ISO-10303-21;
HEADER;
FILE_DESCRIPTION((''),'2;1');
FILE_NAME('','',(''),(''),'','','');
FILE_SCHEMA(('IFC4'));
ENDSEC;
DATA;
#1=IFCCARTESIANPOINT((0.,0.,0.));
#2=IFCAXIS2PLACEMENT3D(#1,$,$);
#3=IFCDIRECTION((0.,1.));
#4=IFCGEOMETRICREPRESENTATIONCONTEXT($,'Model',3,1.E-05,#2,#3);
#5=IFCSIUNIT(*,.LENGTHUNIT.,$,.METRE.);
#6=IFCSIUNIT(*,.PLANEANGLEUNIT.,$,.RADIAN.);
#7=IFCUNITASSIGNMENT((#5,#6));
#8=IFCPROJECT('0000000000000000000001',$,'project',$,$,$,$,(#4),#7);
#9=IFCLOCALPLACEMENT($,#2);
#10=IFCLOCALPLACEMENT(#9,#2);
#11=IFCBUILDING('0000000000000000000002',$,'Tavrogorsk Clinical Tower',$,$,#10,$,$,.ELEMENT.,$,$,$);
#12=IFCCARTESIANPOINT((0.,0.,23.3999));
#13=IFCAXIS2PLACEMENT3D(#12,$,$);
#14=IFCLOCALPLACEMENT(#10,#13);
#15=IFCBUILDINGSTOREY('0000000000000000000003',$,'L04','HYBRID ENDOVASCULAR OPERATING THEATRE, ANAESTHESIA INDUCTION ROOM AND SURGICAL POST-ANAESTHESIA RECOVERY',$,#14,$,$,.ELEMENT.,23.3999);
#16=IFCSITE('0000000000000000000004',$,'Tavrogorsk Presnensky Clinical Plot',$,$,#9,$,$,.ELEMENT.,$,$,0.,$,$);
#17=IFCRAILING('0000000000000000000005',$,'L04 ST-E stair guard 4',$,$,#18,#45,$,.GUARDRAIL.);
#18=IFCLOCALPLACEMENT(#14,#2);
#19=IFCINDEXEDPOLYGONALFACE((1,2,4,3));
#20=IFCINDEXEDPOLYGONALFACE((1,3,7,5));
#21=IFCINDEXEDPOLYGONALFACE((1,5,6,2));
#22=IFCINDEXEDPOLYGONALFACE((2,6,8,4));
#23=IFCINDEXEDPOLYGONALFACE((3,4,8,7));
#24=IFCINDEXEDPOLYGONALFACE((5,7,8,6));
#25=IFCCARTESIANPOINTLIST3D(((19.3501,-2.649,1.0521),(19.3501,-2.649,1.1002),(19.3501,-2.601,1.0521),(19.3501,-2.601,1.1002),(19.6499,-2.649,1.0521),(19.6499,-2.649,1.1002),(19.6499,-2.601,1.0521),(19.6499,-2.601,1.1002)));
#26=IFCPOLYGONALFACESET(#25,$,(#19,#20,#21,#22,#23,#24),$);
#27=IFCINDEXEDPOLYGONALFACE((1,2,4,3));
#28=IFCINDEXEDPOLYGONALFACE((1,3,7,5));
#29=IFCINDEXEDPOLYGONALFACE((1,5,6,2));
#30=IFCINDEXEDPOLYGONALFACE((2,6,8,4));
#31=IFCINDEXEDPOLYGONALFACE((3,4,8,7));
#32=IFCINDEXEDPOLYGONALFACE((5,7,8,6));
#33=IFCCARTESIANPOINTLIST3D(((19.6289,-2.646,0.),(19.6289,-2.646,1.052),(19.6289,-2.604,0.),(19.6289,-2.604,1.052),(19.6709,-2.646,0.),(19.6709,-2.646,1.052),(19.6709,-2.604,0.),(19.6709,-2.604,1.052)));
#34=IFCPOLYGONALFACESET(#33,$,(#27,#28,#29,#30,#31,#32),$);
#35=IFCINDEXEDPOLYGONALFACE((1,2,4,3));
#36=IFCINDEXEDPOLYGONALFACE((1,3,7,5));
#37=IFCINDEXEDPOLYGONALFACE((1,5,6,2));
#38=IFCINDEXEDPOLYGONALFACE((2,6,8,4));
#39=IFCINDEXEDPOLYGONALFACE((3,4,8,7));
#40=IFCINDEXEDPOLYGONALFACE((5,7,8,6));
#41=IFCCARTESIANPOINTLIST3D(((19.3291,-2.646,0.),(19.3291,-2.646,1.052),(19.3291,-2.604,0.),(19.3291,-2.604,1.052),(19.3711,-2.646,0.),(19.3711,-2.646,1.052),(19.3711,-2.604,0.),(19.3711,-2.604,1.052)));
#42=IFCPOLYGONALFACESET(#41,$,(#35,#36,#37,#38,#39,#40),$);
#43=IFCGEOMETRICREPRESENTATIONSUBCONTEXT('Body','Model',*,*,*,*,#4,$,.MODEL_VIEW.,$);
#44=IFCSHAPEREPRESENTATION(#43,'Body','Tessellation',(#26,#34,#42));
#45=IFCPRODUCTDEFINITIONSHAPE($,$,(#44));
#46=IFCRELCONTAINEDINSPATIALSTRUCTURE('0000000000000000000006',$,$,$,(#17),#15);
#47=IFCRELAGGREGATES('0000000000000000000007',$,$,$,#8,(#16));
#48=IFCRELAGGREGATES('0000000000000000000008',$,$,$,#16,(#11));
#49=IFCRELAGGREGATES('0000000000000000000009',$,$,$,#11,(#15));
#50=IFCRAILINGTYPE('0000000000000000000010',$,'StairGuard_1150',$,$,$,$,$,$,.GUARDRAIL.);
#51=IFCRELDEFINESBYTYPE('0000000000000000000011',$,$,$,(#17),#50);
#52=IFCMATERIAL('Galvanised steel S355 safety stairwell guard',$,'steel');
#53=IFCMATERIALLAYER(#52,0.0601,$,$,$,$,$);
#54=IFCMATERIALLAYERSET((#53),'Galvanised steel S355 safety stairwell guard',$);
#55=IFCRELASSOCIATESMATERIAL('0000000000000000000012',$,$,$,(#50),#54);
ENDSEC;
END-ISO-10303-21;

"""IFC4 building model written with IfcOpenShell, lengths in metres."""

from ifc_helpers import new_model, si_unit, direction, frame, origin, origin_2d, place, context, subcontext, project, spatial, rectangle, extrude, material, layer, layer_set, type_object, element, save


model = new_model("IFC4")

# Units and contexts
model_context = context("Model", 3, precision=1e-05, world=origin(), true_north=direction((0.0, 1.0)))
body_context = subcontext(model_context, "Body", "Model", "MODEL_VIEW")
ifc_project = project(units=[si_unit("LENGTHUNIT", "METRE"), si_unit("PLANEANGLEUNIT", "RADIAN")], contexts=[model_context])

# Site, building, storey
site_placement = place(None, origin())
site = spatial("IfcSite", under=ifc_project, at=site_placement, Name="Tavrogorsk Presnensky Clinical Plot", CompositionType="ELEMENT", RefElevation=0.0)
building_placement = place(site_placement, origin())
building = spatial("IfcBuilding", under=site, at=building_placement, Name="Tavrogorsk Clinical Tower", CompositionType="ELEMENT")
storey_placement = place(building_placement, frame((0.0, 0.0, 23.3999)))
storey = spatial("IfcBuildingStorey", under=building, at=storey_placement, Name="L04", Description="HYBRID ENDOVASCULAR OPERATING THEATRE, ANAESTHESIA INDUCTION ROOM AND SURGICAL POST-ANAESTHESIA RECOVERY", CompositionType="ELEMENT", Elevation=23.3999)

# Railing
ifc_material_1 = material(Name="Galvanised steel S355 safety stairwell guard", Category="steel")
ifc_layer_1 = layer(ifc_material_1, 0.0601)
ifc_layer_set_1 = layer_set([ifc_layer_1], Name="Galvanised steel S355 safety stairwell guard")
railing_type = type_object("IfcRailingType", Name="StairGuard_1150", PredefinedType="GUARDRAIL", material=ifc_layer_set_1)
railing_1_placement = place(storey_placement, frame((19.6499, -2.625, 0.0)))
element("IfcRailing", 1, at=railing_1_placement, inside=storey, type_object=railing_type, Name="L04 ST-E stair guard 4", PredefinedType="GUARDRAIL", context=body_context, shape_type="SweptSolid", body=[
    extrude(rectangle(XDim=0.0481, YDim=0.0481, at=origin_2d()), frame((0.0, 0.0, 1.0762), z_axis=(-1.0, 0.0, 0.0), x_axis=(0.0, -1.0, 0.0)), (0.0, 0.0, 1.0), 0.2998),
    extrude(rectangle(XDim=0.042, YDim=0.042, at=origin_2d()), origin(), (0.0, 0.0, 1.0), 1.052),
    extrude(rectangle(XDim=0.042, YDim=0.042, at=origin_2d()), frame((-0.2998, 0.0, 0.0)), (0.0, 0.0, 1.0), 1.052),
])

save(model, "model.ifc")
